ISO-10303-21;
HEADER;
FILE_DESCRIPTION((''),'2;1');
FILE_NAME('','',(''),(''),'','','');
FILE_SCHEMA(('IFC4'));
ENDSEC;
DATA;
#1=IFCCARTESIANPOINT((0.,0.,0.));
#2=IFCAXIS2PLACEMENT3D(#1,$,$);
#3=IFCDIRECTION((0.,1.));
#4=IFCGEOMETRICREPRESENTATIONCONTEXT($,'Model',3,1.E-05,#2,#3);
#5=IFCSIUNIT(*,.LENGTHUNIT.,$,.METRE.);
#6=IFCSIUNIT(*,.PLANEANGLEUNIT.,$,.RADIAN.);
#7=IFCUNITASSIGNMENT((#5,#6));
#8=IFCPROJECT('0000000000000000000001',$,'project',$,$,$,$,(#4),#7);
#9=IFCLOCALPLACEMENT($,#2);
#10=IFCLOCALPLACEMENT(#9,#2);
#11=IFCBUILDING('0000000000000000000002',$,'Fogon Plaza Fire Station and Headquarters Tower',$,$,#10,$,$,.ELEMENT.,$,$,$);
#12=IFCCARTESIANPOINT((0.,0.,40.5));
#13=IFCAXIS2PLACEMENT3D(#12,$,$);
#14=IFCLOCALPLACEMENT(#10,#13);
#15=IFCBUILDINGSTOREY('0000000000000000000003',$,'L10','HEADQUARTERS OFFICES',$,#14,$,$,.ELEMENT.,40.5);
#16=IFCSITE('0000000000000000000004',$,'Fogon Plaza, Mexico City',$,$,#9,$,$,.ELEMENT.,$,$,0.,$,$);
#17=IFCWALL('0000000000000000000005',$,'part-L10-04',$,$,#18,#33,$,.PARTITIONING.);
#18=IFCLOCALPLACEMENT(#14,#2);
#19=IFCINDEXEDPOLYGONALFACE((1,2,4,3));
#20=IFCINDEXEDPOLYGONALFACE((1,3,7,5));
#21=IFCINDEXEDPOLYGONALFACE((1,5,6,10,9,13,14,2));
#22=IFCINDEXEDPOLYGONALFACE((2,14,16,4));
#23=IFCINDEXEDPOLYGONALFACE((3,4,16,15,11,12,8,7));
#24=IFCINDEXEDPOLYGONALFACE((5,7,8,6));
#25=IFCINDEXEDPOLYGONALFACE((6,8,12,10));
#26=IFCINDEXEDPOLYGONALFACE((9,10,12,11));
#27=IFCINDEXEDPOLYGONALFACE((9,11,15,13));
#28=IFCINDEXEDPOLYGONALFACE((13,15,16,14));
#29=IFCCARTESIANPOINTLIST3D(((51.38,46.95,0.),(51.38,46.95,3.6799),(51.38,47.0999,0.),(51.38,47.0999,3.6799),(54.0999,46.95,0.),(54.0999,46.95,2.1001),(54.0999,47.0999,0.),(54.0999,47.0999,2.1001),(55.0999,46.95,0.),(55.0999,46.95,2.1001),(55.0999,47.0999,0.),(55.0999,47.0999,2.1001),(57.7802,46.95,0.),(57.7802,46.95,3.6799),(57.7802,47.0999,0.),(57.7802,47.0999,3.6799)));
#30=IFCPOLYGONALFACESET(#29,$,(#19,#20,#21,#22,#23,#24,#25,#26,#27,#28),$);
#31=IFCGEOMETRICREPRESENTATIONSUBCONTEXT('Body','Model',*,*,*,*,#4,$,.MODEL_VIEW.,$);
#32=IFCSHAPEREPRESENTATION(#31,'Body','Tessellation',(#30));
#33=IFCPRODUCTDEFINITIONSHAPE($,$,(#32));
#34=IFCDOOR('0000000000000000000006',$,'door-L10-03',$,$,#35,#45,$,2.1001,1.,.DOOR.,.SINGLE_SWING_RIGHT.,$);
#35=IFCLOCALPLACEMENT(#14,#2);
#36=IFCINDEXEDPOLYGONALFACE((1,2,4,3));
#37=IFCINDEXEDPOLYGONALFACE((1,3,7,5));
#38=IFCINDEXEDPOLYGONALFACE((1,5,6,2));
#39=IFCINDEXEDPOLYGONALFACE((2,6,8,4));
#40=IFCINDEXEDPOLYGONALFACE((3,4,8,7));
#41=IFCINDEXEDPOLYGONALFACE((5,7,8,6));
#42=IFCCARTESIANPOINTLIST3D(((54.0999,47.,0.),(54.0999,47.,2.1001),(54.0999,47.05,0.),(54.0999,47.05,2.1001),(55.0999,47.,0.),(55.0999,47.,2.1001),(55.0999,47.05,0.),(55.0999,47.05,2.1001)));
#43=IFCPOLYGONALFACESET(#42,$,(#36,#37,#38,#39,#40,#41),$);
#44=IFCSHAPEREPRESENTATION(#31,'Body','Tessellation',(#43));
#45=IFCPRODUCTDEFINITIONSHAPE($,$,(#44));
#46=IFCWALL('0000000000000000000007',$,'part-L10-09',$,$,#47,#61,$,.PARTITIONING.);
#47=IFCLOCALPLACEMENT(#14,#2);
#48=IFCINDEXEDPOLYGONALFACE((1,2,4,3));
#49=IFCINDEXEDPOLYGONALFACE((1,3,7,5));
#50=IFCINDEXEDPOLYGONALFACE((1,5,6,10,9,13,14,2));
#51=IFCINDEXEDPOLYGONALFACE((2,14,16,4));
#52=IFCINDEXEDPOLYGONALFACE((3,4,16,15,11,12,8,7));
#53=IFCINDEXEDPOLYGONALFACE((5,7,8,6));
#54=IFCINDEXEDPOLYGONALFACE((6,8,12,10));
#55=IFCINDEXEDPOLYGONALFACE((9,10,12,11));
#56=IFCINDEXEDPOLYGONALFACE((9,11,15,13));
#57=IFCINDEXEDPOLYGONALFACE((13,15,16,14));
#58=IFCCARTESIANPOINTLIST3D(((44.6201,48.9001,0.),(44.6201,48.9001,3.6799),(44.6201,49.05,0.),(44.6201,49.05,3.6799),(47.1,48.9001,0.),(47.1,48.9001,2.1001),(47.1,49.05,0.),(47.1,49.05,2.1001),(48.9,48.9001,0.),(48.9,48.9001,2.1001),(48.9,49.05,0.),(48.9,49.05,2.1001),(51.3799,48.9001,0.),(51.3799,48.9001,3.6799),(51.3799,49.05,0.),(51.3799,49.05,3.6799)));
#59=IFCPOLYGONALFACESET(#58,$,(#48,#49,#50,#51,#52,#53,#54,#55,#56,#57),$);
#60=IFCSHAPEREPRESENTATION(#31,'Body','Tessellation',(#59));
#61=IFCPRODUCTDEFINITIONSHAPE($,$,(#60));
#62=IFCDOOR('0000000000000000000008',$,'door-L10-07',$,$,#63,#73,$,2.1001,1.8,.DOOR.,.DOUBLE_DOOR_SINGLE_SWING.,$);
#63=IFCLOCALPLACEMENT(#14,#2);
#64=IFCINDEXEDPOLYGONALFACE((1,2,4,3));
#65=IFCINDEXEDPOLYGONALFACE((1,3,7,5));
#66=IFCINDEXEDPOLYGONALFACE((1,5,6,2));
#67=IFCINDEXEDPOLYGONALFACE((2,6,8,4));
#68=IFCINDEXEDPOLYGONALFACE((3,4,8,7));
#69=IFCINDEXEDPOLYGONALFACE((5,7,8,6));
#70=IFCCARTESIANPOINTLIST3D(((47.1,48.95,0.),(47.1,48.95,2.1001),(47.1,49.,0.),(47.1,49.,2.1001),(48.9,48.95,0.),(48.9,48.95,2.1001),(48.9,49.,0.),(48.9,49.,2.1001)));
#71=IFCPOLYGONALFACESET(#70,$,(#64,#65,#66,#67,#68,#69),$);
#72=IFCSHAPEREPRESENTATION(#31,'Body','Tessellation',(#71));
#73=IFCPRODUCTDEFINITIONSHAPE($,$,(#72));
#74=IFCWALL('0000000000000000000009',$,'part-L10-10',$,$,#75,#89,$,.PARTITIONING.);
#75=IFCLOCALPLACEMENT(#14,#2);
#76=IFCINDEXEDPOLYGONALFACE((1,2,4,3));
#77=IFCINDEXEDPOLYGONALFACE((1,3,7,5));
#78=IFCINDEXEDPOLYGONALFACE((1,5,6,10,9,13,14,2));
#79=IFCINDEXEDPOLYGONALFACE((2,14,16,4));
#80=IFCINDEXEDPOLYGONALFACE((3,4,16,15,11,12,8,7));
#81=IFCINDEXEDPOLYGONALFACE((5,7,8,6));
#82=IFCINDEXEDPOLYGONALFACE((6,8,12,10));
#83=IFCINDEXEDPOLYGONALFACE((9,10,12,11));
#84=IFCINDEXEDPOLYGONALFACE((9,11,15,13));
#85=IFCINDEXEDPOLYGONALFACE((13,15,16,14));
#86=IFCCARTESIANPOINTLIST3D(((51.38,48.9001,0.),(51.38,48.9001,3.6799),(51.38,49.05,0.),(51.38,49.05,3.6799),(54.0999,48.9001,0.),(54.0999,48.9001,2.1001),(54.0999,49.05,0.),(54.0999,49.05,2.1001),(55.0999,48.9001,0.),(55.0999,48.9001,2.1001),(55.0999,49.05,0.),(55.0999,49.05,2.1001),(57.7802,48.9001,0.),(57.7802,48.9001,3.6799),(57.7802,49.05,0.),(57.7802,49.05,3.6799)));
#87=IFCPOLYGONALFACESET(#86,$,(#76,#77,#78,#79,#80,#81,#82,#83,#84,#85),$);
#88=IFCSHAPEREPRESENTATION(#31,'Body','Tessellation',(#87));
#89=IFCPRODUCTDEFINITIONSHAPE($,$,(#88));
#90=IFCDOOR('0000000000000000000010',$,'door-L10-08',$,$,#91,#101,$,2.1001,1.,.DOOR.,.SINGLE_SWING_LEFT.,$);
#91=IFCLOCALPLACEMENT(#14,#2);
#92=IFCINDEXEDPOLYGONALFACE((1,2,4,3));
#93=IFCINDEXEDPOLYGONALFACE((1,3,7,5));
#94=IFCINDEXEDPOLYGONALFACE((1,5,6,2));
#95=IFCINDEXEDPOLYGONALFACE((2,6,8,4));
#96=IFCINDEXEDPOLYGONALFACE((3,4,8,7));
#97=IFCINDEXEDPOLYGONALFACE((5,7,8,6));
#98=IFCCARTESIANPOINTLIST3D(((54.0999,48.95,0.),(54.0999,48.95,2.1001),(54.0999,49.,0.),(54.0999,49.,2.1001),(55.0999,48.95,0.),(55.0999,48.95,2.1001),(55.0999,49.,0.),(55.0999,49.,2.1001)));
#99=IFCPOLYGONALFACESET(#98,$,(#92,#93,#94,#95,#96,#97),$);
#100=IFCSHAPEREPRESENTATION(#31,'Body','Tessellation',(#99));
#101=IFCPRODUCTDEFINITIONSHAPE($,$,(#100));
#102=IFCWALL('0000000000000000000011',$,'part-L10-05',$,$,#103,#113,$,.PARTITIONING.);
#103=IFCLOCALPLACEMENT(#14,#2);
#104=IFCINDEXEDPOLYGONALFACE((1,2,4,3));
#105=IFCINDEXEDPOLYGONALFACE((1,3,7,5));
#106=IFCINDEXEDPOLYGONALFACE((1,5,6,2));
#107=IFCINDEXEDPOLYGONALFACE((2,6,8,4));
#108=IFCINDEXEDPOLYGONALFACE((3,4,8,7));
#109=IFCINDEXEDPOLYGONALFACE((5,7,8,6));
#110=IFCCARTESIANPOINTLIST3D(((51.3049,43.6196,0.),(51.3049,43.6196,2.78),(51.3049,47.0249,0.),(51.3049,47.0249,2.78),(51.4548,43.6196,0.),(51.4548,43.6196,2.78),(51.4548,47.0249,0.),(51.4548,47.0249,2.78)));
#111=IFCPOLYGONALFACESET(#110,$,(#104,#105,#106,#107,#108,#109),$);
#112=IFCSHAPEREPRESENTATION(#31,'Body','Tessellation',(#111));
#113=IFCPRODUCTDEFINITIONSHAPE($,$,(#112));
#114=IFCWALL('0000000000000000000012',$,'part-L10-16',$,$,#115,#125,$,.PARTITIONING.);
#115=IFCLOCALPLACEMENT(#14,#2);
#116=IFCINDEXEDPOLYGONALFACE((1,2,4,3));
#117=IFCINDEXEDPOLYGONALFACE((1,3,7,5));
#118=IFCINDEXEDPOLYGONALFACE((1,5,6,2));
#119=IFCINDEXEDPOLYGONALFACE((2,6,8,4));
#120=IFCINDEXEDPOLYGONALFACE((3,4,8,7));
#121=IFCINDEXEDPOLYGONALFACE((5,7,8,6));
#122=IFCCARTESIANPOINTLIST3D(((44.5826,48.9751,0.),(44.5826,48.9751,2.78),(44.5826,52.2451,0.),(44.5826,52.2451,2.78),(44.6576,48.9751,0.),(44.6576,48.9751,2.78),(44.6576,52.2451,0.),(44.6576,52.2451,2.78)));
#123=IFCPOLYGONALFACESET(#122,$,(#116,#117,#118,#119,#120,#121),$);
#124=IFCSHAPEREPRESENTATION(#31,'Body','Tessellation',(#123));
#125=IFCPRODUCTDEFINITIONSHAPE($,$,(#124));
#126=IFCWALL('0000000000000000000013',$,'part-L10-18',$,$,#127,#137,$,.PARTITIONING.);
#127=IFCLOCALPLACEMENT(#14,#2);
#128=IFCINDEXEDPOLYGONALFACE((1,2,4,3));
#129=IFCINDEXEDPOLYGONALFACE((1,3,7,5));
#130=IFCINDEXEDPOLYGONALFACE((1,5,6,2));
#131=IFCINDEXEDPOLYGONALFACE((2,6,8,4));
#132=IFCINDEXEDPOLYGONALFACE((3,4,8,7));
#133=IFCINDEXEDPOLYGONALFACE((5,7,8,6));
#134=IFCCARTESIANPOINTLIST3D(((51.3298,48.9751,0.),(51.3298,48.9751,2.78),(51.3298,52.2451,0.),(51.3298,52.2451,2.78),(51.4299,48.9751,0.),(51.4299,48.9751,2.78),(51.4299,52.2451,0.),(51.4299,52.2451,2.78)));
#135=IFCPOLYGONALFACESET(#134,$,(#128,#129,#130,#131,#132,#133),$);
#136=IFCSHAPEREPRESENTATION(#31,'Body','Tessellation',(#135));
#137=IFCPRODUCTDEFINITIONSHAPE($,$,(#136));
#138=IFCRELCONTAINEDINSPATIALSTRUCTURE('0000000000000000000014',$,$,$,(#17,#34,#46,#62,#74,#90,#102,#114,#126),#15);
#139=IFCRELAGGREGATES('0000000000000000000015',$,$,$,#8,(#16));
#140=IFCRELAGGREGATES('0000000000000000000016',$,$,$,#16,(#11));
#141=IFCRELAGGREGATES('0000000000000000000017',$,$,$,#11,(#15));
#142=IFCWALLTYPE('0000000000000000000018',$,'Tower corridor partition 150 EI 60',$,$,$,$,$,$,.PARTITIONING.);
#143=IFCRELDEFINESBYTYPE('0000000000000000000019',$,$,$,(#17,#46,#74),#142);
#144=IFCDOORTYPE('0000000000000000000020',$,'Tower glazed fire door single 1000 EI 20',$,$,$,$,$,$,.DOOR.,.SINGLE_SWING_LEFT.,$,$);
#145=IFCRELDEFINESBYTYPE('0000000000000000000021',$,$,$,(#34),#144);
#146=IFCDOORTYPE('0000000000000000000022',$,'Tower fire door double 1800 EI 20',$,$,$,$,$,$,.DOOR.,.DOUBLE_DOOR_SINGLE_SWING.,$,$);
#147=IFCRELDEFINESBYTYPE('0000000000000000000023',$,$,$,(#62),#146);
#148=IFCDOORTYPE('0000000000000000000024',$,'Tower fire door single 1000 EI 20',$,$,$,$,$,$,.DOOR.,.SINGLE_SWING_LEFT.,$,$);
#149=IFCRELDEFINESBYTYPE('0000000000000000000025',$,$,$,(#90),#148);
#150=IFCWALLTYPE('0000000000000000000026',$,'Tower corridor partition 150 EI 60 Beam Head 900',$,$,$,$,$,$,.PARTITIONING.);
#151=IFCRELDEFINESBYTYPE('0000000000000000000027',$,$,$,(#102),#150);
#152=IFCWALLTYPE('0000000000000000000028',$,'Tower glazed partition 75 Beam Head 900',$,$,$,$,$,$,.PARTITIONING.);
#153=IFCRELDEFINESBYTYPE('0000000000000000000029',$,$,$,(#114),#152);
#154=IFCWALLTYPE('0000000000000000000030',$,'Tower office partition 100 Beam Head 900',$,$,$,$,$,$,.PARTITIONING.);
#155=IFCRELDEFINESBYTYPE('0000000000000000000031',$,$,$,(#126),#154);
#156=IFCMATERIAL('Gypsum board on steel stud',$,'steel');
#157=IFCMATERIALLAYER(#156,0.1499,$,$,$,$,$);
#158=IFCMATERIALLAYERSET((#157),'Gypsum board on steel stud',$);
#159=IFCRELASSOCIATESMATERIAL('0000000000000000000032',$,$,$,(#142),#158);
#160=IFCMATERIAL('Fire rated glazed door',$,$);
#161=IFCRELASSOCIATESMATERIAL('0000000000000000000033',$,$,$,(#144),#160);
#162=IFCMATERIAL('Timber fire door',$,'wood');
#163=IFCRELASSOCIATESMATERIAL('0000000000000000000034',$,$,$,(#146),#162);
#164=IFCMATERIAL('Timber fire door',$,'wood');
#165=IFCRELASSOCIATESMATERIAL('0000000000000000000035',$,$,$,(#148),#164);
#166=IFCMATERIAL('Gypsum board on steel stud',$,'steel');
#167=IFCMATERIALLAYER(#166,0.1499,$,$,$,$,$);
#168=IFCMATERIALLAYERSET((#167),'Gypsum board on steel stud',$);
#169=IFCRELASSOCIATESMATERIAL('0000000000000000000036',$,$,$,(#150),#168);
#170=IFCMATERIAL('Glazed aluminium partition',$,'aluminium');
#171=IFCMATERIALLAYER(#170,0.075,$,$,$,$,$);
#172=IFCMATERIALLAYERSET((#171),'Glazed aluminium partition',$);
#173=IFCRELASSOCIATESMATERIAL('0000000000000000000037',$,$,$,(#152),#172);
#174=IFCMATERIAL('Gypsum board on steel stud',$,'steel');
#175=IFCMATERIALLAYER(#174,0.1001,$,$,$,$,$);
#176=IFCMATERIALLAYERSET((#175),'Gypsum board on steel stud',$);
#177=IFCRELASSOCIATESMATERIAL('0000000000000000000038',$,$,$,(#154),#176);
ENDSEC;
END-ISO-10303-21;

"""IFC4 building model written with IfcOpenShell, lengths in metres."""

from ifc_helpers import new_model, si_unit, direction, frame, frame_2d, origin, place, context, subcontext, project, spatial, rectangle, extrude, material, layer, layer_set, type_object, element, fill, save


model = new_model("IFC4")

# Units and contexts
model_context = context("Model", 3, precision=1e-05, world=origin(), true_north=direction((0.0, 1.0)))
body_context = subcontext(model_context, "Body", "Model", "MODEL_VIEW")
ifc_project = project(units=[si_unit("LENGTHUNIT", "METRE"), si_unit("PLANEANGLEUNIT", "RADIAN")], contexts=[model_context])

# Site, building, storey
site_placement = place(None, origin())
site = spatial("IfcSite", under=ifc_project, at=site_placement, Name="Fogon Plaza, Mexico City", CompositionType="ELEMENT", RefElevation=0.0)
building_placement = place(site_placement, origin())
building = spatial("IfcBuilding", under=site, at=building_placement, Name="Fogon Plaza Fire Station and Headquarters Tower", CompositionType="ELEMENT")
storey_placement = place(building_placement, frame((0.0, 0.0, 40.5)))
storey = spatial("IfcBuildingStorey", under=building, at=storey_placement, Name="L10", Description="HEADQUARTERS OFFICES", CompositionType="ELEMENT", Elevation=40.5)

# Walls, openings, doors
ifc_material_1 = material(Name="Gypsum board on steel stud", Category="steel")
ifc_layer_1 = layer(ifc_material_1, 0.1499)
ifc_layer_set_1 = layer_set([ifc_layer_1], Name="Gypsum board on steel stud")
wall_type_1 = type_object("IfcWallType", Name="Tower corridor partition 150 EI 60", PredefinedType="PARTITIONING", material=ifc_layer_set_1)
wall_1_placement = place(storey_placement, frame((51.3799, 47.0249, 0.0), z_axis=(0.0, 0.0, 1.0), x_axis=(1.0, 0.0, 0.0)))
wall_1 = element("IfcWall", 1, at=wall_1_placement, inside=storey, type_object=wall_type_1, Name="part-L10-04", PredefinedType="PARTITIONING", context=body_context, shape_type="SweptSolid", body=[
    extrude(rectangle(XDim=6.4001, YDim=0.1499, at=frame_2d((3.2002, 0.0))), origin(), (0.0, 0.0, 1.0), 3.6799),
])
opening_1_placement = place(wall_1_placement, frame((2.72, 0.0, 0.0)))
opening_1 = element("IfcOpeningElement", 2, at=opening_1_placement, cuts=wall_1, PredefinedType="OPENING", context=body_context, shape_type="SweptSolid", body=[
    extrude(rectangle(XDim=1.0, YDim=2.1001, at=frame_2d((0.5, 1.05))), frame((0.0, 0.085, 0.0), z_axis=(0.0, -1.0, 0.0), x_axis=(1.0, 0.0, 0.0)), (0.0, 0.0, 1.0), 0.1699),
])
ifc_material_2 = material(Name="Fire rated glazed door")
door_type_1 = type_object("IfcDoorType", Name="Tower glazed fire door single 1000 EI 20", OperationType="SINGLE_SWING_LEFT", PredefinedType="DOOR", material=ifc_material_2)
door_1_placement = place(opening_1_placement, frame((1.0, 0.0, 0.0), z_axis=(0.0, 0.0, 1.0), x_axis=(-1.0, 0.0, 0.0)))
door_1 = element("IfcDoor", 3, at=door_1_placement, inside=storey, type_object=door_type_1, Name="door-L10-03", OperationType="SINGLE_SWING_RIGHT", OverallHeight=2.1001, OverallWidth=1.0, PredefinedType="DOOR", context=body_context, shape_type="SweptSolid", body=[
    extrude(rectangle(XDim=1.0, YDim=2.1001, at=frame_2d((0.5, 1.05))), frame((0.0, 0.0249, 0.0), z_axis=(0.0, -1.0, 0.0), x_axis=(1.0, 0.0, 0.0)), (0.0, 0.0, 1.0), 0.05),
])
fill(opening_1, door_1)
wall_2_placement = place(storey_placement, frame((44.6201, 48.9751, 0.0), z_axis=(0.0, 0.0, 1.0), x_axis=(1.0, 0.0, 0.0)))
wall_2 = element("IfcWall", 4, at=wall_2_placement, inside=storey, type_object=wall_type_1, Name="part-L10-09", PredefinedType="PARTITIONING", context=body_context, shape_type="SweptSolid", body=[
    extrude(rectangle(XDim=6.7598, YDim=0.1499, at=frame_2d((3.3799, 0.0))), origin(), (0.0, 0.0, 1.0), 3.6799),
])
opening_2_placement = place(wall_2_placement, frame((2.48, 0.0, 0.0)))
opening_2 = element("IfcOpeningElement", 5, at=opening_2_placement, cuts=wall_2, PredefinedType="OPENING", context=body_context, shape_type="SweptSolid", body=[
    extrude(rectangle(XDim=1.8, YDim=2.1001, at=frame_2d((0.8999, 1.05))), frame((0.0, 0.085, 0.0), z_axis=(0.0, -1.0, 0.0), x_axis=(1.0, 0.0, 0.0)), (0.0, 0.0, 1.0), 0.1699),
])
ifc_material_3 = material(Name="Timber fire door", Category="wood")
door_type_2 = type_object("IfcDoorType", Name="Tower fire door double 1800 EI 20", OperationType="DOUBLE_DOOR_SINGLE_SWING", PredefinedType="DOOR", material=ifc_material_3)
door_2_placement = place(opening_2_placement, origin())
door_2 = element("IfcDoor", 6, at=door_2_placement, inside=storey, type_object=door_type_2, Name="door-L10-07", OperationType="DOUBLE_DOOR_SINGLE_SWING", OverallHeight=2.1001, OverallWidth=1.8, PredefinedType="DOOR", context=body_context, shape_type="SweptSolid", body=[
    extrude(rectangle(XDim=1.8, YDim=2.1001, at=frame_2d((0.8999, 1.05))), frame((0.0, 0.0249, 0.0), z_axis=(0.0, -1.0, 0.0), x_axis=(1.0, 0.0, 0.0)), (0.0, 0.0, 1.0), 0.05),
])
fill(opening_2, door_2)
wall_3_placement = place(storey_placement, frame((51.3799, 48.9751, 0.0), z_axis=(0.0, 0.0, 1.0), x_axis=(1.0, 0.0, 0.0)))
wall_3 = element("IfcWall", 7, at=wall_3_placement, inside=storey, type_object=wall_type_1, Name="part-L10-10", PredefinedType="PARTITIONING", context=body_context, shape_type="SweptSolid", body=[
    extrude(rectangle(XDim=6.4001, YDim=0.1499, at=frame_2d((3.2002, 0.0))), origin(), (0.0, 0.0, 1.0), 3.6799),
])
opening_3_placement = place(wall_3_placement, frame((2.72, 0.0, 0.0)))
opening_3 = element("IfcOpeningElement", 8, at=opening_3_placement, cuts=wall_3, PredefinedType="OPENING", context=body_context, shape_type="SweptSolid", body=[
    extrude(rectangle(XDim=1.0, YDim=2.1001, at=frame_2d((0.5, 1.05))), frame((0.0, 0.085, 0.0), z_axis=(0.0, -1.0, 0.0), x_axis=(1.0, 0.0, 0.0)), (0.0, 0.0, 1.0), 0.1699),
])
ifc_material_4 = material(Name="Timber fire door", Category="wood")
door_type_3 = type_object("IfcDoorType", Name="Tower fire door single 1000 EI 20", OperationType="SINGLE_SWING_LEFT", PredefinedType="DOOR", material=ifc_material_4)
door_3_placement = place(opening_3_placement, origin())
door_3 = element("IfcDoor", 9, at=door_3_placement, inside=storey, type_object=door_type_3, Name="door-L10-08", OperationType="SINGLE_SWING_LEFT", OverallHeight=2.1001, OverallWidth=1.0, PredefinedType="DOOR", context=body_context, shape_type="SweptSolid", body=[
    extrude(rectangle(XDim=1.0, YDim=2.1001, at=frame_2d((0.5, 1.05))), frame((0.0, 0.0249, 0.0), z_axis=(0.0, -1.0, 0.0), x_axis=(1.0, 0.0, 0.0)), (0.0, 0.0, 1.0), 0.05),
])
fill(opening_3, door_3)

# Walls
ifc_material_5 = material(Name="Gypsum board on steel stud", Category="steel")
ifc_layer_2 = layer(ifc_material_5, 0.1499)
ifc_layer_set_2 = layer_set([ifc_layer_2], Name="Gypsum board on steel stud")
wall_type_2 = type_object("IfcWallType", Name="Tower corridor partition 150 EI 60 Beam Head 900", PredefinedType="PARTITIONING", material=ifc_layer_set_2)
wall_4_placement = place(storey_placement, frame((51.3799, 43.6196, 0.0), z_axis=(0.0, 0.0, 1.0), x_axis=(0.0, 1.0, 0.0)))
element("IfcWall", 10, at=wall_4_placement, inside=storey, type_object=wall_type_2, Name="part-L10-05", PredefinedType="PARTITIONING", context=body_context, shape_type="SweptSolid", body=[
    extrude(rectangle(XDim=3.4053, YDim=0.1499, at=frame_2d((1.7026, 0.0))), origin(), (0.0, 0.0, 1.0), 2.78),
])
ifc_material_6 = material(Name="Glazed aluminium partition", Category="aluminium")
ifc_layer_3 = layer(ifc_material_6, 0.075)
ifc_layer_set_3 = layer_set([ifc_layer_3], Name="Glazed aluminium partition")
wall_type_3 = type_object("IfcWallType", Name="Tower glazed partition 75 Beam Head 900", PredefinedType="PARTITIONING", material=ifc_layer_set_3)
wall_5_placement = place(storey_placement, frame((44.6201, 48.9751, 0.0), z_axis=(0.0, 0.0, 1.0), x_axis=(0.0, 1.0, 0.0)))
element("IfcWall", 11, at=wall_5_placement, inside=storey, type_object=wall_type_3, Name="part-L10-16", PredefinedType="PARTITIONING", context=body_context, shape_type="SweptSolid", body=[
    extrude(rectangle(XDim=3.27, YDim=0.075, at=frame_2d((1.635, 0.0))), origin(), (0.0, 0.0, 1.0), 2.78),
])
ifc_material_7 = material(Name="Gypsum board on steel stud", Category="steel")
ifc_layer_4 = layer(ifc_material_7, 0.1001)
ifc_layer_set_4 = layer_set([ifc_layer_4], Name="Gypsum board on steel stud")
wall_type_4 = type_object("IfcWallType", Name="Tower office partition 100 Beam Head 900", PredefinedType="PARTITIONING", material=ifc_layer_set_4)
wall_6_placement = place(storey_placement, frame((51.3799, 48.9751, 0.0), z_axis=(0.0, 0.0, 1.0), x_axis=(0.0, 1.0, 0.0)))
element("IfcWall", 12, at=wall_6_placement, inside=storey, type_object=wall_type_4, Name="part-L10-18", PredefinedType="PARTITIONING", context=body_context, shape_type="SweptSolid", body=[
    extrude(rectangle(XDim=3.27, YDim=0.1001, at=frame_2d((1.635, 0.0))), origin(), (0.0, 0.0, 1.0), 2.78),
])

save(model, "model.ifc")
